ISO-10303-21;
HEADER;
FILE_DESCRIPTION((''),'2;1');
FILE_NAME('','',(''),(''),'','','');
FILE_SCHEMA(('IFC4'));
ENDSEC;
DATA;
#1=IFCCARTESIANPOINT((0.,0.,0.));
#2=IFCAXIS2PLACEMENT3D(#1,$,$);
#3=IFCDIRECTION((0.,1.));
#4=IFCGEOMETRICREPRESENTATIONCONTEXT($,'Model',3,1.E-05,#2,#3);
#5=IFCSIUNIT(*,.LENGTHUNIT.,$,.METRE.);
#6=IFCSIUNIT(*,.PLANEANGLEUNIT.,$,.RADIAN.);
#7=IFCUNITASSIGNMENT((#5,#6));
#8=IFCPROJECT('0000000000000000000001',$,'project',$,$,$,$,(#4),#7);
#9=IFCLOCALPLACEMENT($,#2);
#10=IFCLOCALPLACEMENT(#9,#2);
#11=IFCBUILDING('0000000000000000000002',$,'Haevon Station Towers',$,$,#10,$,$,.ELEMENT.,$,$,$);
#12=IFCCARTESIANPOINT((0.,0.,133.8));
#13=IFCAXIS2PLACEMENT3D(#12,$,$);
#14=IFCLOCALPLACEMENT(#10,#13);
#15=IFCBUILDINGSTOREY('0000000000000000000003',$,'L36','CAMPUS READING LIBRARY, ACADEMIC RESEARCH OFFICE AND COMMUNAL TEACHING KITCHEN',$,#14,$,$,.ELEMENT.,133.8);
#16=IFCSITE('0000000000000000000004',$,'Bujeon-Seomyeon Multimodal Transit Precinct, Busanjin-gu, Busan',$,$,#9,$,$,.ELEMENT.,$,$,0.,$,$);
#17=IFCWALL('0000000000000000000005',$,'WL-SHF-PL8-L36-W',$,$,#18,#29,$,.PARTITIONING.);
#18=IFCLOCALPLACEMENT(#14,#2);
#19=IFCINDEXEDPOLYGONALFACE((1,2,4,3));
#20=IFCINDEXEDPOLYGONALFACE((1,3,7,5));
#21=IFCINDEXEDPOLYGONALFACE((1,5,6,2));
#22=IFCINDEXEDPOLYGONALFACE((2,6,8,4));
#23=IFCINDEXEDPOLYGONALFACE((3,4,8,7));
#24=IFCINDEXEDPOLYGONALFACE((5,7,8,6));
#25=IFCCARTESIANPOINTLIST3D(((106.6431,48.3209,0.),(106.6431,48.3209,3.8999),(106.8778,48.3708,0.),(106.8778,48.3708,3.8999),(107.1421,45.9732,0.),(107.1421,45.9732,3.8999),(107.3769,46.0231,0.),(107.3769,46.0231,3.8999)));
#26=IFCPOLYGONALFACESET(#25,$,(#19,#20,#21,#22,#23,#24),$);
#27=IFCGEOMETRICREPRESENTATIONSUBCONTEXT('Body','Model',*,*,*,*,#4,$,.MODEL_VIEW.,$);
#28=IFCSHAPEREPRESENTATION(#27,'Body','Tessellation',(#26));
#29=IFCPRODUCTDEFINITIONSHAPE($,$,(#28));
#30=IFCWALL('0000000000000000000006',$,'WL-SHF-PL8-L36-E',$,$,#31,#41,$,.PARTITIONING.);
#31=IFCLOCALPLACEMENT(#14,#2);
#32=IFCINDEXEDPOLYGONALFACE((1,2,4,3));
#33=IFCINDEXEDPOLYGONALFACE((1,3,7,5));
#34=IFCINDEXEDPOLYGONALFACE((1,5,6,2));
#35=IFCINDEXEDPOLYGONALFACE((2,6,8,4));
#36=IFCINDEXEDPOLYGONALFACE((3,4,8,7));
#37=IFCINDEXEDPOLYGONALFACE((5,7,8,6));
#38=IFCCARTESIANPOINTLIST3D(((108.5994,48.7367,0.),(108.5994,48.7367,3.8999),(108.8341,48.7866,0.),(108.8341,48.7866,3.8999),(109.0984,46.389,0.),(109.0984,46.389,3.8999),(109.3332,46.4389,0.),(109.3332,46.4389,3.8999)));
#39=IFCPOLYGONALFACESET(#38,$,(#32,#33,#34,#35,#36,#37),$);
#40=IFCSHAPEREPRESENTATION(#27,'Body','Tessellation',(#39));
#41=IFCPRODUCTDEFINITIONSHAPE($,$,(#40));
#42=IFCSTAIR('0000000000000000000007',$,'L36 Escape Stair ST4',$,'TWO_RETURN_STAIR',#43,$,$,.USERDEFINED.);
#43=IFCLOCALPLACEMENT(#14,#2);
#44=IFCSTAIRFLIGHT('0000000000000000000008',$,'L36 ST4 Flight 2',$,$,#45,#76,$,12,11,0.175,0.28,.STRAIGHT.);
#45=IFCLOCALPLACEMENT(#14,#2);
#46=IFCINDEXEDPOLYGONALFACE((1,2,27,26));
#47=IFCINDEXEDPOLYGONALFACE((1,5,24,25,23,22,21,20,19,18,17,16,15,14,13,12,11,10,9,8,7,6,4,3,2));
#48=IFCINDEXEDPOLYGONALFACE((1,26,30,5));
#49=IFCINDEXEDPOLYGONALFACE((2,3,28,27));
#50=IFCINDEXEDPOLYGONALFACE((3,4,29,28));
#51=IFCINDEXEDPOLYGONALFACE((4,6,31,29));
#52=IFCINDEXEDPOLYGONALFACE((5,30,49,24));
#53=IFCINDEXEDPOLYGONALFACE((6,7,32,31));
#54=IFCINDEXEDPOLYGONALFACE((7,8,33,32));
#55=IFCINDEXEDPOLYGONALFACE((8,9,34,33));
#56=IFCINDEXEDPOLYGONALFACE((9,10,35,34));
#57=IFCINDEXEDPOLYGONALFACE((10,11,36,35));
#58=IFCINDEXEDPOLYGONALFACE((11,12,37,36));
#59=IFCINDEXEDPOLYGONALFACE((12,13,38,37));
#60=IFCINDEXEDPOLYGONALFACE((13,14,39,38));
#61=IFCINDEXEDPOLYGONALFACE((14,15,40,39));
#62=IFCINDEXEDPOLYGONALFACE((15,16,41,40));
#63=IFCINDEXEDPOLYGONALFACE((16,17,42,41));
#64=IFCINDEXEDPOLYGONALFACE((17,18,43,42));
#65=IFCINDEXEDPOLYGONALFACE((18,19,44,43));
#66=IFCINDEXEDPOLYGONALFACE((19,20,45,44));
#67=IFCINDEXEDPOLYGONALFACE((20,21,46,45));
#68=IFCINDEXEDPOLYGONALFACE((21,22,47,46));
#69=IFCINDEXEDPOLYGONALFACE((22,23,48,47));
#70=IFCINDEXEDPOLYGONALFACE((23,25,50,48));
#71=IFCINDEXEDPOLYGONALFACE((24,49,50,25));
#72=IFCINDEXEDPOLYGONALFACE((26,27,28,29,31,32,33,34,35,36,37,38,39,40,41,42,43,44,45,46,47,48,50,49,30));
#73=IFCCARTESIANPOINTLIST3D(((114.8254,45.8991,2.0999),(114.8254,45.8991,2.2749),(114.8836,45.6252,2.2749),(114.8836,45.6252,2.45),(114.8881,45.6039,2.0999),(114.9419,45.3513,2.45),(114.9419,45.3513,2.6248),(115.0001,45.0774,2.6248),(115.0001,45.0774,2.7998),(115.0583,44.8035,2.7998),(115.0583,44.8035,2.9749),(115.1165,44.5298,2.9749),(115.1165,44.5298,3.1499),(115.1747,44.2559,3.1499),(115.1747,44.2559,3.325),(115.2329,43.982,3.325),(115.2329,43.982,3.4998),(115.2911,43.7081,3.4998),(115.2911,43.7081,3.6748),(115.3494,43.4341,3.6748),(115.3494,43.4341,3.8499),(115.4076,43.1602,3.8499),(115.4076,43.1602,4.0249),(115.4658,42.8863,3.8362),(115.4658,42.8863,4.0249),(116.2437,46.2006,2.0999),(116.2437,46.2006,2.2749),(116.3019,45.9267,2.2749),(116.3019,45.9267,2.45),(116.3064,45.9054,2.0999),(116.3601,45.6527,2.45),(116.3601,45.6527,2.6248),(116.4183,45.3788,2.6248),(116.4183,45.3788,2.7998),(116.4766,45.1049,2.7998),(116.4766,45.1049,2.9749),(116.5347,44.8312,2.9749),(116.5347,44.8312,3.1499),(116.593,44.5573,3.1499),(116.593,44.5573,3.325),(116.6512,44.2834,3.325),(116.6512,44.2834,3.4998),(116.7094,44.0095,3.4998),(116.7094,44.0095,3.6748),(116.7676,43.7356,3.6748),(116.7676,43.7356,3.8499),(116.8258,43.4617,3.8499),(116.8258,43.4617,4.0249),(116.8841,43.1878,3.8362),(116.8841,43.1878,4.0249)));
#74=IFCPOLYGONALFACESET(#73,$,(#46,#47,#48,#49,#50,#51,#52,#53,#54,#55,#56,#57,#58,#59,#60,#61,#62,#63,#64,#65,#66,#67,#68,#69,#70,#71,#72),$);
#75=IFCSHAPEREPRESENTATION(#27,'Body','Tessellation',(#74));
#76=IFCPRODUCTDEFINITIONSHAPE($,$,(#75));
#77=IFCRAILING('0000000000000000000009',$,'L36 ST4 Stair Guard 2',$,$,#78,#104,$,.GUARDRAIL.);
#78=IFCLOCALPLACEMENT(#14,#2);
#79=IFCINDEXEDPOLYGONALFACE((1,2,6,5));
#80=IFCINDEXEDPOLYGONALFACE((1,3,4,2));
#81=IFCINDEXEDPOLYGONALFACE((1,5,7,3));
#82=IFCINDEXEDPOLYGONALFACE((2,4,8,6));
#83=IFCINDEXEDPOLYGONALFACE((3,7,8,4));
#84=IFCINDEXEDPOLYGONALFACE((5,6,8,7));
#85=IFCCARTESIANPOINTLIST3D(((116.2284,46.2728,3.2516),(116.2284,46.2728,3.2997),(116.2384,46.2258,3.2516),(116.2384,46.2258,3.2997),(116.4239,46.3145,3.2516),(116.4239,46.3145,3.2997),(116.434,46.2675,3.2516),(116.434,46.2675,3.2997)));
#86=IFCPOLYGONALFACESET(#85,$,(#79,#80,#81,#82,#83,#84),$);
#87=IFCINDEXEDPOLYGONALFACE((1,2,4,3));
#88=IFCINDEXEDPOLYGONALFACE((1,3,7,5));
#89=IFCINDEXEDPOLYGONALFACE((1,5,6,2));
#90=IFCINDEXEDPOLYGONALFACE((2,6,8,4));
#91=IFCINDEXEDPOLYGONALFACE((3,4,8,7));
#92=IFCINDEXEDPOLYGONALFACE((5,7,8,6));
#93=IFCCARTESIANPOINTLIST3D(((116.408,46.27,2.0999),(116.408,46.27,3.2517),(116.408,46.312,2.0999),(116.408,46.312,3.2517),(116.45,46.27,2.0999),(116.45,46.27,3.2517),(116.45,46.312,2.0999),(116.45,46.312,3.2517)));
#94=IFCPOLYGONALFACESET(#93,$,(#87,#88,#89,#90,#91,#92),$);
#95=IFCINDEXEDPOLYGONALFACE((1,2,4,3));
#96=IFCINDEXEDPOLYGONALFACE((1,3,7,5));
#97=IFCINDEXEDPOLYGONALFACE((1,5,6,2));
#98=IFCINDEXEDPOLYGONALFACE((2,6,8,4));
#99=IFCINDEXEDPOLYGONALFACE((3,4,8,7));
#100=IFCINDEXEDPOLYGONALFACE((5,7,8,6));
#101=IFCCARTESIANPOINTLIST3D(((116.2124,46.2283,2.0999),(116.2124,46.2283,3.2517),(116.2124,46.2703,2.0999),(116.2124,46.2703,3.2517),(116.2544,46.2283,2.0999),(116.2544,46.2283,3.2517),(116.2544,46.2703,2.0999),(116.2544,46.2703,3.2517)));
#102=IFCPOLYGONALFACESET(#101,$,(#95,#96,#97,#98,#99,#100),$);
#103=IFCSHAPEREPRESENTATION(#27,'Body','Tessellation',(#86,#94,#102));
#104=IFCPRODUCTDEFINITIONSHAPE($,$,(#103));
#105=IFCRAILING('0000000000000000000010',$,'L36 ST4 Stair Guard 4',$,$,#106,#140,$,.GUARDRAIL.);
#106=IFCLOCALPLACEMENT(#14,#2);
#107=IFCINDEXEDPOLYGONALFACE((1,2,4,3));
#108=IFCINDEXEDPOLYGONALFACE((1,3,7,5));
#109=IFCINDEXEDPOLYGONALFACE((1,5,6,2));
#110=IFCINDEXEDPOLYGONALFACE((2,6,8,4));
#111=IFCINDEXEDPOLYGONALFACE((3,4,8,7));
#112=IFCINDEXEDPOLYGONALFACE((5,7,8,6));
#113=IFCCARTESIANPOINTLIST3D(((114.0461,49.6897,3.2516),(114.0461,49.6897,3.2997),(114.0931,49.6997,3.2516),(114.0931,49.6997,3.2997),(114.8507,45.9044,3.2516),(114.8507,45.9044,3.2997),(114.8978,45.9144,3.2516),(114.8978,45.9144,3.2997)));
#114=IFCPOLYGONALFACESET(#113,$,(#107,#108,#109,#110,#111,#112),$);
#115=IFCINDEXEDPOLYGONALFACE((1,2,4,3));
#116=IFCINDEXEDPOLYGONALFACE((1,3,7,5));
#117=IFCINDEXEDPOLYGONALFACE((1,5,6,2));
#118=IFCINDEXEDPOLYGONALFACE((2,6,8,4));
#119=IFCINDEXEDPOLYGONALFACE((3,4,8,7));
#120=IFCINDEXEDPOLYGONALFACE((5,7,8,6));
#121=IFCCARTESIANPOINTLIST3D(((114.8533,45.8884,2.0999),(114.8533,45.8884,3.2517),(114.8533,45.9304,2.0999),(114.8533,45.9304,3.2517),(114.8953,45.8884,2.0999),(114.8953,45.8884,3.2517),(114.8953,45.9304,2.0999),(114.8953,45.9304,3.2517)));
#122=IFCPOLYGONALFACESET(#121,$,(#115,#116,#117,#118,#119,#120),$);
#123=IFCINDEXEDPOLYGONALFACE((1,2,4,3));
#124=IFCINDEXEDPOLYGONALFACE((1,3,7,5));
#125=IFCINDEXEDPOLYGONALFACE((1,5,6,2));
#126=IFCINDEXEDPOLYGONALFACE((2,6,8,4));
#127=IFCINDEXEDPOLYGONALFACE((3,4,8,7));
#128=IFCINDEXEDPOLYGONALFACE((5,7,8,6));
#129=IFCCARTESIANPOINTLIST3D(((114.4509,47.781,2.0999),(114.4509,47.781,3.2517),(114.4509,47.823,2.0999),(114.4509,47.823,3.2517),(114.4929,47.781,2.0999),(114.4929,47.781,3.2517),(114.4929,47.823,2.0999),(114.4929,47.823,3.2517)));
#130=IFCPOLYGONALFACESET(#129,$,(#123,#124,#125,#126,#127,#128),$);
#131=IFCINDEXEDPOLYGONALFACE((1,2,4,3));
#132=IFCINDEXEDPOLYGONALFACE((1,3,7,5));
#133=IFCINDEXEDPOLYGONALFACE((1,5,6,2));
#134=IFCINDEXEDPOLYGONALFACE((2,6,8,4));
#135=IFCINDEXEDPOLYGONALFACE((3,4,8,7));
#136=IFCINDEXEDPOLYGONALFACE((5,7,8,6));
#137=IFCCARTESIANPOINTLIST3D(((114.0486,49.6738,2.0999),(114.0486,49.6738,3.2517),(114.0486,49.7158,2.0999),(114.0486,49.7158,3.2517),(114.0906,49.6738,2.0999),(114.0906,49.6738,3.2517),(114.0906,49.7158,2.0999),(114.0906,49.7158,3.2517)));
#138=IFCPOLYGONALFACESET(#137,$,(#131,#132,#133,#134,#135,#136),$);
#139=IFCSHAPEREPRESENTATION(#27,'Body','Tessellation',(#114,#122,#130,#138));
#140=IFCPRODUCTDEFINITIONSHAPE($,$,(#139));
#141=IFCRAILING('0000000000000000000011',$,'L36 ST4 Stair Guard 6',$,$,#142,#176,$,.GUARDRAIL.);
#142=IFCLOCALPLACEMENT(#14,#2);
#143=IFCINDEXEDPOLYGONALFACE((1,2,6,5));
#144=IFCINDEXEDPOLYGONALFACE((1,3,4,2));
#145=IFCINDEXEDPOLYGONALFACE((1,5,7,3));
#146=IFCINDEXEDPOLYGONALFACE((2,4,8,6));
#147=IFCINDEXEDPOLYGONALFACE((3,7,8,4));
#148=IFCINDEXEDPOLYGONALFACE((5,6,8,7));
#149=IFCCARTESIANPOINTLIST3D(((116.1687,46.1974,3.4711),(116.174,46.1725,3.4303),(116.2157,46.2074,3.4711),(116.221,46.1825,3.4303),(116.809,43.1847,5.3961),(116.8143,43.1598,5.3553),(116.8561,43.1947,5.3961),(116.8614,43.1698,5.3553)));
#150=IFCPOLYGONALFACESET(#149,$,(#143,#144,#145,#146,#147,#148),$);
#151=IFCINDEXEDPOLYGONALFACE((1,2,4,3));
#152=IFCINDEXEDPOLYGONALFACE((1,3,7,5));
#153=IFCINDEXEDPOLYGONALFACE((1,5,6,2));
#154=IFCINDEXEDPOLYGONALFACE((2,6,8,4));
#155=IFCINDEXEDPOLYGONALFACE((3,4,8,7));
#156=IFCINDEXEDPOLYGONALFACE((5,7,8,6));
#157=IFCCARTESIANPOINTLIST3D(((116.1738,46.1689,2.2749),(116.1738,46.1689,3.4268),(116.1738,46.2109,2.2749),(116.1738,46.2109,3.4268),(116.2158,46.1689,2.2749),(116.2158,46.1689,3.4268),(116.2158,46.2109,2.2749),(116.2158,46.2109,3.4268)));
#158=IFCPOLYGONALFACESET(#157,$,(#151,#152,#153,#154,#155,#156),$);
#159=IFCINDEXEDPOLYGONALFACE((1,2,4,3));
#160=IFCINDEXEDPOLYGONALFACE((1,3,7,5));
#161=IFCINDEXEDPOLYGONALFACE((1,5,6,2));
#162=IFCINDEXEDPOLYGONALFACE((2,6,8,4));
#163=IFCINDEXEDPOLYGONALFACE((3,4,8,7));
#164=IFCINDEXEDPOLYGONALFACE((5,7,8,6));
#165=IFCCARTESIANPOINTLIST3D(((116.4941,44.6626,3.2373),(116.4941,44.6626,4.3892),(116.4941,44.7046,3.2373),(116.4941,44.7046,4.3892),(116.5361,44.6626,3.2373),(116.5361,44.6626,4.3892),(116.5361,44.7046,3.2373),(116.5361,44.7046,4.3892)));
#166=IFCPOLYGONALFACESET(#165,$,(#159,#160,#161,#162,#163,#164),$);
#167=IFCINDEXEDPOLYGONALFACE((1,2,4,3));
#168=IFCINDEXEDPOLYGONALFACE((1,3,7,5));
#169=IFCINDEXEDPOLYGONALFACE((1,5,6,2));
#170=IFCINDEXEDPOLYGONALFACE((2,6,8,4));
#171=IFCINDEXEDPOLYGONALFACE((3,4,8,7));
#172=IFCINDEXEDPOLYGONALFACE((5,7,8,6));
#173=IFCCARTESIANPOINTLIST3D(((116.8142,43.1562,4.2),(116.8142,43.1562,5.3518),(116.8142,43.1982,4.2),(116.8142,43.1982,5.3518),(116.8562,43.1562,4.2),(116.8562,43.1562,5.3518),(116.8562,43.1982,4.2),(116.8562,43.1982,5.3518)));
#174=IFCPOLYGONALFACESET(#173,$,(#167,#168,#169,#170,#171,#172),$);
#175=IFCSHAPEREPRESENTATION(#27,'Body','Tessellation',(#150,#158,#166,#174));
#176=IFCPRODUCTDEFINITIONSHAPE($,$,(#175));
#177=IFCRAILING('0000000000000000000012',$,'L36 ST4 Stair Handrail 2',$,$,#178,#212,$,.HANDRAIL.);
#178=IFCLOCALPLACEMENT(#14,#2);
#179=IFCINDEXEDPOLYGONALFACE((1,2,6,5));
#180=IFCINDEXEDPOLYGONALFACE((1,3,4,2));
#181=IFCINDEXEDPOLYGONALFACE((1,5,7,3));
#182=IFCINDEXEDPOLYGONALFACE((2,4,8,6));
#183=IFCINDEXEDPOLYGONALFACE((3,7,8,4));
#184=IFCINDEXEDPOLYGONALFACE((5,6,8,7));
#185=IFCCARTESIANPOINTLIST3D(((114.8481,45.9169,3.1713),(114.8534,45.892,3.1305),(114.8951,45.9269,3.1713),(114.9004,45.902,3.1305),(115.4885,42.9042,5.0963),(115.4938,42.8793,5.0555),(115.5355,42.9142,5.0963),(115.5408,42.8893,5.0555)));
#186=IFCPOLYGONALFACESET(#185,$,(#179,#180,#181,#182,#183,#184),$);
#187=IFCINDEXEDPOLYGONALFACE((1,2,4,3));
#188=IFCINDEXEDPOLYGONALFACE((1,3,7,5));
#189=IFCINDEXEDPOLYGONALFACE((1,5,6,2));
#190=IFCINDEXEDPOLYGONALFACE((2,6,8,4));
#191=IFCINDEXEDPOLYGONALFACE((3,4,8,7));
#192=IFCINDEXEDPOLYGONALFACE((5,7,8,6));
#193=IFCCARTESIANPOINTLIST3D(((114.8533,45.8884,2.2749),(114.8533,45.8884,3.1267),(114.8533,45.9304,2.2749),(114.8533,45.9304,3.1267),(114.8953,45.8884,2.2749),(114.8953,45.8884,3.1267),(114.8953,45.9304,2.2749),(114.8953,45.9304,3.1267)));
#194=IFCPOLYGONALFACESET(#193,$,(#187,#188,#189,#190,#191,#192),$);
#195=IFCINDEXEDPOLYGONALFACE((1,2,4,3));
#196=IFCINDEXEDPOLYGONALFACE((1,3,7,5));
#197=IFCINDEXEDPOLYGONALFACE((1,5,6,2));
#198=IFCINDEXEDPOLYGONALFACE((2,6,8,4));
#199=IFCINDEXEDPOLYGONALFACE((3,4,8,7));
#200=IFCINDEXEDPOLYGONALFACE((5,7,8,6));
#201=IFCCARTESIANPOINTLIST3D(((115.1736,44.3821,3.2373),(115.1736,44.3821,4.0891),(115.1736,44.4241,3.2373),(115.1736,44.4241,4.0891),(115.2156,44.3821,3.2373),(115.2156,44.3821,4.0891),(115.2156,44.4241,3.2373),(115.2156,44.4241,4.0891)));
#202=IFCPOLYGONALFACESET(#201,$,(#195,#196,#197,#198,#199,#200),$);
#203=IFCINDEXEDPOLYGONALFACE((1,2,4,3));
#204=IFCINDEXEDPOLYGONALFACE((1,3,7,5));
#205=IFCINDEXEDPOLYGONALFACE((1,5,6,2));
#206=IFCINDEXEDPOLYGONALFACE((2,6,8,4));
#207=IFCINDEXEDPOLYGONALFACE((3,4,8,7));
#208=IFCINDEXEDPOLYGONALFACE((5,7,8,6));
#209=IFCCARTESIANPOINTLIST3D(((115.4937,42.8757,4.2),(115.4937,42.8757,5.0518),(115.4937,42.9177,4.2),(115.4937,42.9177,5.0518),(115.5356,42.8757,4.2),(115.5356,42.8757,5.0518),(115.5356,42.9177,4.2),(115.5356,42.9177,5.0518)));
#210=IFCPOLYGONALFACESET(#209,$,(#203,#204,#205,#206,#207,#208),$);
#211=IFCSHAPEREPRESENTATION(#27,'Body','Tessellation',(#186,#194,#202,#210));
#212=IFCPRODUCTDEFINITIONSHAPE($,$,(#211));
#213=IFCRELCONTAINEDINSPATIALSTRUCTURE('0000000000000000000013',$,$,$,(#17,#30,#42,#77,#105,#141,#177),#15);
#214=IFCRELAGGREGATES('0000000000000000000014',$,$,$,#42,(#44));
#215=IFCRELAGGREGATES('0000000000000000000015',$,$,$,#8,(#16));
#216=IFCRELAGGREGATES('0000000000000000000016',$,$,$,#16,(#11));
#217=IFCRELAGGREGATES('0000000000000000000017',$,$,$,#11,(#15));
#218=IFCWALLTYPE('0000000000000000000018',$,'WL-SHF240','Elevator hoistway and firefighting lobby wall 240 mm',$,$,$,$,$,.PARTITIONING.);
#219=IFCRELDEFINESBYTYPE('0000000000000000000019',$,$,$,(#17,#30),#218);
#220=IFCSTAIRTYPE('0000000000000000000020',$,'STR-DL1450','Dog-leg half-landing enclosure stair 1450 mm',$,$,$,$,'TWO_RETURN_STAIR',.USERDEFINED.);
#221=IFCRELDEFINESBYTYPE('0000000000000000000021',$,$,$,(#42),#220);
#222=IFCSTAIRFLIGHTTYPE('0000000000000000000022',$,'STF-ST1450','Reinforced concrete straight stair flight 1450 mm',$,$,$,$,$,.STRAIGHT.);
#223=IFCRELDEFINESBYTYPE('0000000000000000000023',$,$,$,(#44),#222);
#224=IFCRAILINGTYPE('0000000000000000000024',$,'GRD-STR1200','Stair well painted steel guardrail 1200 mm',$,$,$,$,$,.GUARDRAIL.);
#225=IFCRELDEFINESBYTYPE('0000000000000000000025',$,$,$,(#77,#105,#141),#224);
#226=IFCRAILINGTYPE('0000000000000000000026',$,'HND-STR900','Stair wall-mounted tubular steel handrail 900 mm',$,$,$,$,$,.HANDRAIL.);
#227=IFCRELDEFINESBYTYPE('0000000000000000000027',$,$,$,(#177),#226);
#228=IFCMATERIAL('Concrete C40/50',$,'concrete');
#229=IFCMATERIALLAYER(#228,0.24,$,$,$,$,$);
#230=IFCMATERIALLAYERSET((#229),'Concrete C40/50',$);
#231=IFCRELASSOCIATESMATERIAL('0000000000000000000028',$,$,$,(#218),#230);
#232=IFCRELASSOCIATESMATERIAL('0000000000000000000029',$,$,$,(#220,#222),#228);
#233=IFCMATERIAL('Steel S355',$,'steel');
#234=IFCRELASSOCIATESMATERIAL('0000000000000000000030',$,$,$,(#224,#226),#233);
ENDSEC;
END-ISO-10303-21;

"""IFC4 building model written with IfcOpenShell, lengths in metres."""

from ifc_helpers import new_model, si_unit, direction, frame, frame_2d, origin, origin_2d, place, context, subcontext, project, spatial, polyline, rectangle, outline, extrude, material, layer, layer_set, type_object, element, aggregate, save


model = new_model("IFC4")

# Units and contexts
model_context = context("Model", 3, precision=1e-05, world=origin(), true_north=direction((0.0, 1.0)))
body_context = subcontext(model_context, "Body", "Model", "MODEL_VIEW")
ifc_project = project(units=[si_unit("LENGTHUNIT", "METRE"), si_unit("PLANEANGLEUNIT", "RADIAN")], contexts=[model_context])

# Site, building, storey
site_placement = place(None, origin())
site = spatial("IfcSite", under=ifc_project, at=site_placement, Name="Bujeon-Seomyeon Multimodal Transit Precinct, Busanjin-gu, Busan", CompositionType="ELEMENT", RefElevation=0.0)
building_placement = place(site_placement, origin())
building = spatial("IfcBuilding", under=site, at=building_placement, Name="Haevon Station Towers", CompositionType="ELEMENT")
storey_placement = place(building_placement, frame((0.0, 0.0, 133.8)))
storey = spatial("IfcBuildingStorey", under=building, at=storey_placement, Name="L36", Description="CAMPUS READING LIBRARY, ACADEMIC RESEARCH OFFICE AND COMMUNAL TEACHING KITCHEN", CompositionType="ELEMENT", Elevation=133.8)

# Shared definitions
ifc_material_1 = material(Name="Concrete C40/50", Category="concrete")
ifc_layer_1 = layer(ifc_material_1, 0.24)
ifc_layer_set_1 = layer_set([ifc_layer_1], Name="Concrete C40/50")
wall_type_1 = type_object("IfcWallType", Name="WL-SHF240", Description="Elevator hoistway and firefighting lobby wall 240 mm", PredefinedType="PARTITIONING", material=ifc_layer_set_1)

# Walls
for number, where, z_axis, x_axis, name in (
    (1, (107.2595, 45.998, 0.0), (0.0, 0.0, 1.0), (-0.207917, 0.978146, 0.0), "WL-SHF-PL8-L36-W"),
    (2, (109.2158, 46.4138, 0.0), (0.0, 0.0, 1.0), (-0.207917, 0.978146, 0.0), "WL-SHF-PL8-L36-E"),
):
    element("IfcWall", number, at=place(storey_placement, frame(where, z_axis=z_axis, x_axis=x_axis)), inside=storey, type_object=wall_type_1, Name=name, PredefinedType="PARTITIONING", context=body_context, shape_type="SweptSolid", body=[
        extrude(rectangle(XDim=2.4001, YDim=0.24, at=frame_2d((1.2002, 0.0))), origin(), (0.0, 0.0, 1.0), 3.8999),
    ])

# Stair, stair flight
stair_type = type_object("IfcStairType", Name="STR-DL1450", Description="Dog-leg half-landing enclosure stair 1450 mm", ElementType="TWO_RETURN_STAIR", PredefinedType="USERDEFINED", material=ifc_material_1)
stair_placement = place(storey_placement, origin())
stair = element("IfcStair", 3, at=stair_placement, inside=storey, type_object=stair_type, Name="L36 Escape Stair ST4", ObjectType="TWO_RETURN_STAIR", PredefinedType="USERDEFINED")
stair_flight_type = type_object("IfcStairFlightType", Name="STF-ST1450", Description="Reinforced concrete straight stair flight 1450 mm", PredefinedType="STRAIGHT", material=ifc_material_1)
stair_flight_placement = place(storey_placement, frame((115.5344, 46.0498, 2.0999), z_axis=(0.0, 0.0, 1.0), x_axis=(0.207912, -0.978148, 0.0)))
stair_flight = element("IfcStairFlight", 4, at=stair_flight_placement, type_object=stair_flight_type, Name="L36 ST4 Flight 2", NumberOfRisers=12, NumberOfTreads=11, PredefinedType="STRAIGHT", RiserHeight=0.175, TreadLength=0.28, context=body_context, shape_type="SweptSolid", body=[
    extrude(outline(polyline([(0.0, 0.0), (0.0, 0.175), (0.28, 0.175), (0.28, 0.3501), (0.5601, 0.3501), (0.5601, 0.5249), (0.8401, 0.5249), (0.8401, 0.7), (1.1201, 0.7), (1.1201, 0.875), (1.3999, 0.875), (1.3999, 1.05), (1.6799, 1.05), (1.6799, 1.2251), (1.96, 1.2251), (1.96, 1.3999), (2.24, 1.3999), (2.24, 1.575), (2.52, 1.575), (2.52, 1.75), (2.8, 1.75), (2.8, 1.925), (3.0801, 1.925), (3.0801, 2.1001), (3.0801, 1.7363), (0.3018, 0.0), (0.0, 0.0)])), frame((0.0, 0.7251, 0.0), z_axis=(0.0, -1.0, 0.0), x_axis=(1.0, 0.0, 0.0)), (0.0, 0.0, 1.0), 1.45),
])
aggregate(stair, [stair_flight])

# Railings
ifc_material_2 = material(Name="Steel S355", Category="steel")
railing_type_1 = type_object("IfcRailingType", Name="GRD-STR1200", Description="Stair well painted steel guardrail 1200 mm", PredefinedType="GUARDRAIL", material=ifc_material_2)
railing_1_placement = place(storey_placement, frame((116.429, 46.291, 2.0999)))
element("IfcRailing", 5, at=railing_1_placement, inside=storey, type_object=railing_type_1, Name="L36 ST4 Stair Guard 2", PredefinedType="GUARDRAIL", context=body_context, shape_type="SweptSolid", body=[
    extrude(rectangle(XDim=0.0481, YDim=0.0481, at=origin_2d()), frame((0.0, 0.0, 1.1758), z_axis=(-0.977963, -0.208779, 0.0), x_axis=(0.208779, -0.977963, 0.0)), (0.0, 0.0, 1.0), 0.2),
    extrude(rectangle(XDim=0.042, YDim=0.042, at=origin_2d()), origin(), (0.0, 0.0, 1.0), 1.1519),
    extrude(rectangle(XDim=0.042, YDim=0.042, at=origin_2d()), frame((-0.1956, -0.0417, 0.0)), (0.0, 0.0, 1.0), 1.1519),
])
railing_2_placement = place(storey_placement, frame((114.8743, 45.9094, 2.0999)))
element("IfcRailing", 6, at=railing_2_placement, inside=storey, type_object=railing_type_1, Name="L36 ST4 Stair Guard 4", PredefinedType="GUARDRAIL", context=body_context, shape_type="SweptSolid", body=[
    extrude(rectangle(XDim=0.0481, YDim=0.0481, at=origin_2d()), frame((0.0, 0.0, 1.1758), z_axis=(-0.20793, 0.978144, 0.0), x_axis=(-0.978144, -0.20793, 0.0)), (0.0, 0.0, 1.0), 3.8699),
    extrude(rectangle(XDim=0.042, YDim=0.042, at=origin_2d()), origin(), (0.0, 0.0, 1.0), 1.1519),
    extrude(rectangle(XDim=0.042, YDim=0.042, at=origin_2d()), frame((-0.4023, 1.8926, 0.0)), (0.0, 0.0, 1.0), 1.1519),
    extrude(rectangle(XDim=0.042, YDim=0.042, at=origin_2d()), frame((-0.8047, 3.7854, 0.0)), (0.0, 0.0, 1.0), 1.1519),
])
railing_3_placement = place(storey_placement, frame((116.1948, 46.1899, 2.2749)))
element("IfcRailing", 7, at=railing_3_placement, inside=storey, type_object=railing_type_1, Name="L36 ST4 Stair Guard 6", PredefinedType="GUARDRAIL", context=body_context, shape_type="SweptSolid", body=[
    extrude(rectangle(XDim=0.0481, YDim=0.0481, at=origin_2d()), frame((0.0, 0.0, 1.1758), z_axis=(0.176311, -0.829461, 0.530008), x_axis=(0.978147, 0.207916, 0.0)), (0.0, 0.0, 1.0), 3.6321),
    extrude(rectangle(XDim=0.042, YDim=0.042, at=origin_2d()), origin(), (0.0, 0.0, 1.0), 1.1519),
    extrude(rectangle(XDim=0.042, YDim=0.042, at=origin_2d()), frame((0.3203, -1.5063, 0.9624)), (0.0, 0.0, 1.0), 1.1519),
    extrude(rectangle(XDim=0.042, YDim=0.042, at=origin_2d()), frame((0.6404, -3.0127, 1.925)), (0.0, 0.0, 1.0), 1.1519),
])
railing_type_2 = type_object("IfcRailingType", Name="HND-STR900", Description="Stair wall-mounted tubular steel handrail 900 mm", PredefinedType="HANDRAIL", material=ifc_material_2)
railing_4_placement = place(storey_placement, frame((114.8743, 45.9094, 2.2749)))
element("IfcRailing", 8, at=railing_4_placement, inside=storey, type_object=railing_type_2, Name="L36 ST4 Stair Handrail 2", PredefinedType="HANDRAIL", context=body_context, shape_type="SweptSolid", body=[
    extrude(rectangle(XDim=0.0481, YDim=0.0481, at=origin_2d()), frame((0.0, 0.0, 0.876), z_axis=(0.176311, -0.829461, 0.530008), x_axis=(0.978147, 0.207916, 0.0)), (0.0, 0.0, 1.0), 3.6321),
    extrude(rectangle(XDim=0.042, YDim=0.042, at=origin_2d()), origin(), (0.0, 0.0, 1.0), 0.8518),
    extrude(rectangle(XDim=0.042, YDim=0.042, at=origin_2d()), frame((0.3203, -1.5063, 0.9624)), (0.0, 0.0, 1.0), 0.8518),
    extrude(rectangle(XDim=0.042, YDim=0.042, at=origin_2d()), frame((0.6404, -3.0127, 1.925)), (0.0, 0.0, 1.0), 0.8518),
])

save(model, "model.ifc")
